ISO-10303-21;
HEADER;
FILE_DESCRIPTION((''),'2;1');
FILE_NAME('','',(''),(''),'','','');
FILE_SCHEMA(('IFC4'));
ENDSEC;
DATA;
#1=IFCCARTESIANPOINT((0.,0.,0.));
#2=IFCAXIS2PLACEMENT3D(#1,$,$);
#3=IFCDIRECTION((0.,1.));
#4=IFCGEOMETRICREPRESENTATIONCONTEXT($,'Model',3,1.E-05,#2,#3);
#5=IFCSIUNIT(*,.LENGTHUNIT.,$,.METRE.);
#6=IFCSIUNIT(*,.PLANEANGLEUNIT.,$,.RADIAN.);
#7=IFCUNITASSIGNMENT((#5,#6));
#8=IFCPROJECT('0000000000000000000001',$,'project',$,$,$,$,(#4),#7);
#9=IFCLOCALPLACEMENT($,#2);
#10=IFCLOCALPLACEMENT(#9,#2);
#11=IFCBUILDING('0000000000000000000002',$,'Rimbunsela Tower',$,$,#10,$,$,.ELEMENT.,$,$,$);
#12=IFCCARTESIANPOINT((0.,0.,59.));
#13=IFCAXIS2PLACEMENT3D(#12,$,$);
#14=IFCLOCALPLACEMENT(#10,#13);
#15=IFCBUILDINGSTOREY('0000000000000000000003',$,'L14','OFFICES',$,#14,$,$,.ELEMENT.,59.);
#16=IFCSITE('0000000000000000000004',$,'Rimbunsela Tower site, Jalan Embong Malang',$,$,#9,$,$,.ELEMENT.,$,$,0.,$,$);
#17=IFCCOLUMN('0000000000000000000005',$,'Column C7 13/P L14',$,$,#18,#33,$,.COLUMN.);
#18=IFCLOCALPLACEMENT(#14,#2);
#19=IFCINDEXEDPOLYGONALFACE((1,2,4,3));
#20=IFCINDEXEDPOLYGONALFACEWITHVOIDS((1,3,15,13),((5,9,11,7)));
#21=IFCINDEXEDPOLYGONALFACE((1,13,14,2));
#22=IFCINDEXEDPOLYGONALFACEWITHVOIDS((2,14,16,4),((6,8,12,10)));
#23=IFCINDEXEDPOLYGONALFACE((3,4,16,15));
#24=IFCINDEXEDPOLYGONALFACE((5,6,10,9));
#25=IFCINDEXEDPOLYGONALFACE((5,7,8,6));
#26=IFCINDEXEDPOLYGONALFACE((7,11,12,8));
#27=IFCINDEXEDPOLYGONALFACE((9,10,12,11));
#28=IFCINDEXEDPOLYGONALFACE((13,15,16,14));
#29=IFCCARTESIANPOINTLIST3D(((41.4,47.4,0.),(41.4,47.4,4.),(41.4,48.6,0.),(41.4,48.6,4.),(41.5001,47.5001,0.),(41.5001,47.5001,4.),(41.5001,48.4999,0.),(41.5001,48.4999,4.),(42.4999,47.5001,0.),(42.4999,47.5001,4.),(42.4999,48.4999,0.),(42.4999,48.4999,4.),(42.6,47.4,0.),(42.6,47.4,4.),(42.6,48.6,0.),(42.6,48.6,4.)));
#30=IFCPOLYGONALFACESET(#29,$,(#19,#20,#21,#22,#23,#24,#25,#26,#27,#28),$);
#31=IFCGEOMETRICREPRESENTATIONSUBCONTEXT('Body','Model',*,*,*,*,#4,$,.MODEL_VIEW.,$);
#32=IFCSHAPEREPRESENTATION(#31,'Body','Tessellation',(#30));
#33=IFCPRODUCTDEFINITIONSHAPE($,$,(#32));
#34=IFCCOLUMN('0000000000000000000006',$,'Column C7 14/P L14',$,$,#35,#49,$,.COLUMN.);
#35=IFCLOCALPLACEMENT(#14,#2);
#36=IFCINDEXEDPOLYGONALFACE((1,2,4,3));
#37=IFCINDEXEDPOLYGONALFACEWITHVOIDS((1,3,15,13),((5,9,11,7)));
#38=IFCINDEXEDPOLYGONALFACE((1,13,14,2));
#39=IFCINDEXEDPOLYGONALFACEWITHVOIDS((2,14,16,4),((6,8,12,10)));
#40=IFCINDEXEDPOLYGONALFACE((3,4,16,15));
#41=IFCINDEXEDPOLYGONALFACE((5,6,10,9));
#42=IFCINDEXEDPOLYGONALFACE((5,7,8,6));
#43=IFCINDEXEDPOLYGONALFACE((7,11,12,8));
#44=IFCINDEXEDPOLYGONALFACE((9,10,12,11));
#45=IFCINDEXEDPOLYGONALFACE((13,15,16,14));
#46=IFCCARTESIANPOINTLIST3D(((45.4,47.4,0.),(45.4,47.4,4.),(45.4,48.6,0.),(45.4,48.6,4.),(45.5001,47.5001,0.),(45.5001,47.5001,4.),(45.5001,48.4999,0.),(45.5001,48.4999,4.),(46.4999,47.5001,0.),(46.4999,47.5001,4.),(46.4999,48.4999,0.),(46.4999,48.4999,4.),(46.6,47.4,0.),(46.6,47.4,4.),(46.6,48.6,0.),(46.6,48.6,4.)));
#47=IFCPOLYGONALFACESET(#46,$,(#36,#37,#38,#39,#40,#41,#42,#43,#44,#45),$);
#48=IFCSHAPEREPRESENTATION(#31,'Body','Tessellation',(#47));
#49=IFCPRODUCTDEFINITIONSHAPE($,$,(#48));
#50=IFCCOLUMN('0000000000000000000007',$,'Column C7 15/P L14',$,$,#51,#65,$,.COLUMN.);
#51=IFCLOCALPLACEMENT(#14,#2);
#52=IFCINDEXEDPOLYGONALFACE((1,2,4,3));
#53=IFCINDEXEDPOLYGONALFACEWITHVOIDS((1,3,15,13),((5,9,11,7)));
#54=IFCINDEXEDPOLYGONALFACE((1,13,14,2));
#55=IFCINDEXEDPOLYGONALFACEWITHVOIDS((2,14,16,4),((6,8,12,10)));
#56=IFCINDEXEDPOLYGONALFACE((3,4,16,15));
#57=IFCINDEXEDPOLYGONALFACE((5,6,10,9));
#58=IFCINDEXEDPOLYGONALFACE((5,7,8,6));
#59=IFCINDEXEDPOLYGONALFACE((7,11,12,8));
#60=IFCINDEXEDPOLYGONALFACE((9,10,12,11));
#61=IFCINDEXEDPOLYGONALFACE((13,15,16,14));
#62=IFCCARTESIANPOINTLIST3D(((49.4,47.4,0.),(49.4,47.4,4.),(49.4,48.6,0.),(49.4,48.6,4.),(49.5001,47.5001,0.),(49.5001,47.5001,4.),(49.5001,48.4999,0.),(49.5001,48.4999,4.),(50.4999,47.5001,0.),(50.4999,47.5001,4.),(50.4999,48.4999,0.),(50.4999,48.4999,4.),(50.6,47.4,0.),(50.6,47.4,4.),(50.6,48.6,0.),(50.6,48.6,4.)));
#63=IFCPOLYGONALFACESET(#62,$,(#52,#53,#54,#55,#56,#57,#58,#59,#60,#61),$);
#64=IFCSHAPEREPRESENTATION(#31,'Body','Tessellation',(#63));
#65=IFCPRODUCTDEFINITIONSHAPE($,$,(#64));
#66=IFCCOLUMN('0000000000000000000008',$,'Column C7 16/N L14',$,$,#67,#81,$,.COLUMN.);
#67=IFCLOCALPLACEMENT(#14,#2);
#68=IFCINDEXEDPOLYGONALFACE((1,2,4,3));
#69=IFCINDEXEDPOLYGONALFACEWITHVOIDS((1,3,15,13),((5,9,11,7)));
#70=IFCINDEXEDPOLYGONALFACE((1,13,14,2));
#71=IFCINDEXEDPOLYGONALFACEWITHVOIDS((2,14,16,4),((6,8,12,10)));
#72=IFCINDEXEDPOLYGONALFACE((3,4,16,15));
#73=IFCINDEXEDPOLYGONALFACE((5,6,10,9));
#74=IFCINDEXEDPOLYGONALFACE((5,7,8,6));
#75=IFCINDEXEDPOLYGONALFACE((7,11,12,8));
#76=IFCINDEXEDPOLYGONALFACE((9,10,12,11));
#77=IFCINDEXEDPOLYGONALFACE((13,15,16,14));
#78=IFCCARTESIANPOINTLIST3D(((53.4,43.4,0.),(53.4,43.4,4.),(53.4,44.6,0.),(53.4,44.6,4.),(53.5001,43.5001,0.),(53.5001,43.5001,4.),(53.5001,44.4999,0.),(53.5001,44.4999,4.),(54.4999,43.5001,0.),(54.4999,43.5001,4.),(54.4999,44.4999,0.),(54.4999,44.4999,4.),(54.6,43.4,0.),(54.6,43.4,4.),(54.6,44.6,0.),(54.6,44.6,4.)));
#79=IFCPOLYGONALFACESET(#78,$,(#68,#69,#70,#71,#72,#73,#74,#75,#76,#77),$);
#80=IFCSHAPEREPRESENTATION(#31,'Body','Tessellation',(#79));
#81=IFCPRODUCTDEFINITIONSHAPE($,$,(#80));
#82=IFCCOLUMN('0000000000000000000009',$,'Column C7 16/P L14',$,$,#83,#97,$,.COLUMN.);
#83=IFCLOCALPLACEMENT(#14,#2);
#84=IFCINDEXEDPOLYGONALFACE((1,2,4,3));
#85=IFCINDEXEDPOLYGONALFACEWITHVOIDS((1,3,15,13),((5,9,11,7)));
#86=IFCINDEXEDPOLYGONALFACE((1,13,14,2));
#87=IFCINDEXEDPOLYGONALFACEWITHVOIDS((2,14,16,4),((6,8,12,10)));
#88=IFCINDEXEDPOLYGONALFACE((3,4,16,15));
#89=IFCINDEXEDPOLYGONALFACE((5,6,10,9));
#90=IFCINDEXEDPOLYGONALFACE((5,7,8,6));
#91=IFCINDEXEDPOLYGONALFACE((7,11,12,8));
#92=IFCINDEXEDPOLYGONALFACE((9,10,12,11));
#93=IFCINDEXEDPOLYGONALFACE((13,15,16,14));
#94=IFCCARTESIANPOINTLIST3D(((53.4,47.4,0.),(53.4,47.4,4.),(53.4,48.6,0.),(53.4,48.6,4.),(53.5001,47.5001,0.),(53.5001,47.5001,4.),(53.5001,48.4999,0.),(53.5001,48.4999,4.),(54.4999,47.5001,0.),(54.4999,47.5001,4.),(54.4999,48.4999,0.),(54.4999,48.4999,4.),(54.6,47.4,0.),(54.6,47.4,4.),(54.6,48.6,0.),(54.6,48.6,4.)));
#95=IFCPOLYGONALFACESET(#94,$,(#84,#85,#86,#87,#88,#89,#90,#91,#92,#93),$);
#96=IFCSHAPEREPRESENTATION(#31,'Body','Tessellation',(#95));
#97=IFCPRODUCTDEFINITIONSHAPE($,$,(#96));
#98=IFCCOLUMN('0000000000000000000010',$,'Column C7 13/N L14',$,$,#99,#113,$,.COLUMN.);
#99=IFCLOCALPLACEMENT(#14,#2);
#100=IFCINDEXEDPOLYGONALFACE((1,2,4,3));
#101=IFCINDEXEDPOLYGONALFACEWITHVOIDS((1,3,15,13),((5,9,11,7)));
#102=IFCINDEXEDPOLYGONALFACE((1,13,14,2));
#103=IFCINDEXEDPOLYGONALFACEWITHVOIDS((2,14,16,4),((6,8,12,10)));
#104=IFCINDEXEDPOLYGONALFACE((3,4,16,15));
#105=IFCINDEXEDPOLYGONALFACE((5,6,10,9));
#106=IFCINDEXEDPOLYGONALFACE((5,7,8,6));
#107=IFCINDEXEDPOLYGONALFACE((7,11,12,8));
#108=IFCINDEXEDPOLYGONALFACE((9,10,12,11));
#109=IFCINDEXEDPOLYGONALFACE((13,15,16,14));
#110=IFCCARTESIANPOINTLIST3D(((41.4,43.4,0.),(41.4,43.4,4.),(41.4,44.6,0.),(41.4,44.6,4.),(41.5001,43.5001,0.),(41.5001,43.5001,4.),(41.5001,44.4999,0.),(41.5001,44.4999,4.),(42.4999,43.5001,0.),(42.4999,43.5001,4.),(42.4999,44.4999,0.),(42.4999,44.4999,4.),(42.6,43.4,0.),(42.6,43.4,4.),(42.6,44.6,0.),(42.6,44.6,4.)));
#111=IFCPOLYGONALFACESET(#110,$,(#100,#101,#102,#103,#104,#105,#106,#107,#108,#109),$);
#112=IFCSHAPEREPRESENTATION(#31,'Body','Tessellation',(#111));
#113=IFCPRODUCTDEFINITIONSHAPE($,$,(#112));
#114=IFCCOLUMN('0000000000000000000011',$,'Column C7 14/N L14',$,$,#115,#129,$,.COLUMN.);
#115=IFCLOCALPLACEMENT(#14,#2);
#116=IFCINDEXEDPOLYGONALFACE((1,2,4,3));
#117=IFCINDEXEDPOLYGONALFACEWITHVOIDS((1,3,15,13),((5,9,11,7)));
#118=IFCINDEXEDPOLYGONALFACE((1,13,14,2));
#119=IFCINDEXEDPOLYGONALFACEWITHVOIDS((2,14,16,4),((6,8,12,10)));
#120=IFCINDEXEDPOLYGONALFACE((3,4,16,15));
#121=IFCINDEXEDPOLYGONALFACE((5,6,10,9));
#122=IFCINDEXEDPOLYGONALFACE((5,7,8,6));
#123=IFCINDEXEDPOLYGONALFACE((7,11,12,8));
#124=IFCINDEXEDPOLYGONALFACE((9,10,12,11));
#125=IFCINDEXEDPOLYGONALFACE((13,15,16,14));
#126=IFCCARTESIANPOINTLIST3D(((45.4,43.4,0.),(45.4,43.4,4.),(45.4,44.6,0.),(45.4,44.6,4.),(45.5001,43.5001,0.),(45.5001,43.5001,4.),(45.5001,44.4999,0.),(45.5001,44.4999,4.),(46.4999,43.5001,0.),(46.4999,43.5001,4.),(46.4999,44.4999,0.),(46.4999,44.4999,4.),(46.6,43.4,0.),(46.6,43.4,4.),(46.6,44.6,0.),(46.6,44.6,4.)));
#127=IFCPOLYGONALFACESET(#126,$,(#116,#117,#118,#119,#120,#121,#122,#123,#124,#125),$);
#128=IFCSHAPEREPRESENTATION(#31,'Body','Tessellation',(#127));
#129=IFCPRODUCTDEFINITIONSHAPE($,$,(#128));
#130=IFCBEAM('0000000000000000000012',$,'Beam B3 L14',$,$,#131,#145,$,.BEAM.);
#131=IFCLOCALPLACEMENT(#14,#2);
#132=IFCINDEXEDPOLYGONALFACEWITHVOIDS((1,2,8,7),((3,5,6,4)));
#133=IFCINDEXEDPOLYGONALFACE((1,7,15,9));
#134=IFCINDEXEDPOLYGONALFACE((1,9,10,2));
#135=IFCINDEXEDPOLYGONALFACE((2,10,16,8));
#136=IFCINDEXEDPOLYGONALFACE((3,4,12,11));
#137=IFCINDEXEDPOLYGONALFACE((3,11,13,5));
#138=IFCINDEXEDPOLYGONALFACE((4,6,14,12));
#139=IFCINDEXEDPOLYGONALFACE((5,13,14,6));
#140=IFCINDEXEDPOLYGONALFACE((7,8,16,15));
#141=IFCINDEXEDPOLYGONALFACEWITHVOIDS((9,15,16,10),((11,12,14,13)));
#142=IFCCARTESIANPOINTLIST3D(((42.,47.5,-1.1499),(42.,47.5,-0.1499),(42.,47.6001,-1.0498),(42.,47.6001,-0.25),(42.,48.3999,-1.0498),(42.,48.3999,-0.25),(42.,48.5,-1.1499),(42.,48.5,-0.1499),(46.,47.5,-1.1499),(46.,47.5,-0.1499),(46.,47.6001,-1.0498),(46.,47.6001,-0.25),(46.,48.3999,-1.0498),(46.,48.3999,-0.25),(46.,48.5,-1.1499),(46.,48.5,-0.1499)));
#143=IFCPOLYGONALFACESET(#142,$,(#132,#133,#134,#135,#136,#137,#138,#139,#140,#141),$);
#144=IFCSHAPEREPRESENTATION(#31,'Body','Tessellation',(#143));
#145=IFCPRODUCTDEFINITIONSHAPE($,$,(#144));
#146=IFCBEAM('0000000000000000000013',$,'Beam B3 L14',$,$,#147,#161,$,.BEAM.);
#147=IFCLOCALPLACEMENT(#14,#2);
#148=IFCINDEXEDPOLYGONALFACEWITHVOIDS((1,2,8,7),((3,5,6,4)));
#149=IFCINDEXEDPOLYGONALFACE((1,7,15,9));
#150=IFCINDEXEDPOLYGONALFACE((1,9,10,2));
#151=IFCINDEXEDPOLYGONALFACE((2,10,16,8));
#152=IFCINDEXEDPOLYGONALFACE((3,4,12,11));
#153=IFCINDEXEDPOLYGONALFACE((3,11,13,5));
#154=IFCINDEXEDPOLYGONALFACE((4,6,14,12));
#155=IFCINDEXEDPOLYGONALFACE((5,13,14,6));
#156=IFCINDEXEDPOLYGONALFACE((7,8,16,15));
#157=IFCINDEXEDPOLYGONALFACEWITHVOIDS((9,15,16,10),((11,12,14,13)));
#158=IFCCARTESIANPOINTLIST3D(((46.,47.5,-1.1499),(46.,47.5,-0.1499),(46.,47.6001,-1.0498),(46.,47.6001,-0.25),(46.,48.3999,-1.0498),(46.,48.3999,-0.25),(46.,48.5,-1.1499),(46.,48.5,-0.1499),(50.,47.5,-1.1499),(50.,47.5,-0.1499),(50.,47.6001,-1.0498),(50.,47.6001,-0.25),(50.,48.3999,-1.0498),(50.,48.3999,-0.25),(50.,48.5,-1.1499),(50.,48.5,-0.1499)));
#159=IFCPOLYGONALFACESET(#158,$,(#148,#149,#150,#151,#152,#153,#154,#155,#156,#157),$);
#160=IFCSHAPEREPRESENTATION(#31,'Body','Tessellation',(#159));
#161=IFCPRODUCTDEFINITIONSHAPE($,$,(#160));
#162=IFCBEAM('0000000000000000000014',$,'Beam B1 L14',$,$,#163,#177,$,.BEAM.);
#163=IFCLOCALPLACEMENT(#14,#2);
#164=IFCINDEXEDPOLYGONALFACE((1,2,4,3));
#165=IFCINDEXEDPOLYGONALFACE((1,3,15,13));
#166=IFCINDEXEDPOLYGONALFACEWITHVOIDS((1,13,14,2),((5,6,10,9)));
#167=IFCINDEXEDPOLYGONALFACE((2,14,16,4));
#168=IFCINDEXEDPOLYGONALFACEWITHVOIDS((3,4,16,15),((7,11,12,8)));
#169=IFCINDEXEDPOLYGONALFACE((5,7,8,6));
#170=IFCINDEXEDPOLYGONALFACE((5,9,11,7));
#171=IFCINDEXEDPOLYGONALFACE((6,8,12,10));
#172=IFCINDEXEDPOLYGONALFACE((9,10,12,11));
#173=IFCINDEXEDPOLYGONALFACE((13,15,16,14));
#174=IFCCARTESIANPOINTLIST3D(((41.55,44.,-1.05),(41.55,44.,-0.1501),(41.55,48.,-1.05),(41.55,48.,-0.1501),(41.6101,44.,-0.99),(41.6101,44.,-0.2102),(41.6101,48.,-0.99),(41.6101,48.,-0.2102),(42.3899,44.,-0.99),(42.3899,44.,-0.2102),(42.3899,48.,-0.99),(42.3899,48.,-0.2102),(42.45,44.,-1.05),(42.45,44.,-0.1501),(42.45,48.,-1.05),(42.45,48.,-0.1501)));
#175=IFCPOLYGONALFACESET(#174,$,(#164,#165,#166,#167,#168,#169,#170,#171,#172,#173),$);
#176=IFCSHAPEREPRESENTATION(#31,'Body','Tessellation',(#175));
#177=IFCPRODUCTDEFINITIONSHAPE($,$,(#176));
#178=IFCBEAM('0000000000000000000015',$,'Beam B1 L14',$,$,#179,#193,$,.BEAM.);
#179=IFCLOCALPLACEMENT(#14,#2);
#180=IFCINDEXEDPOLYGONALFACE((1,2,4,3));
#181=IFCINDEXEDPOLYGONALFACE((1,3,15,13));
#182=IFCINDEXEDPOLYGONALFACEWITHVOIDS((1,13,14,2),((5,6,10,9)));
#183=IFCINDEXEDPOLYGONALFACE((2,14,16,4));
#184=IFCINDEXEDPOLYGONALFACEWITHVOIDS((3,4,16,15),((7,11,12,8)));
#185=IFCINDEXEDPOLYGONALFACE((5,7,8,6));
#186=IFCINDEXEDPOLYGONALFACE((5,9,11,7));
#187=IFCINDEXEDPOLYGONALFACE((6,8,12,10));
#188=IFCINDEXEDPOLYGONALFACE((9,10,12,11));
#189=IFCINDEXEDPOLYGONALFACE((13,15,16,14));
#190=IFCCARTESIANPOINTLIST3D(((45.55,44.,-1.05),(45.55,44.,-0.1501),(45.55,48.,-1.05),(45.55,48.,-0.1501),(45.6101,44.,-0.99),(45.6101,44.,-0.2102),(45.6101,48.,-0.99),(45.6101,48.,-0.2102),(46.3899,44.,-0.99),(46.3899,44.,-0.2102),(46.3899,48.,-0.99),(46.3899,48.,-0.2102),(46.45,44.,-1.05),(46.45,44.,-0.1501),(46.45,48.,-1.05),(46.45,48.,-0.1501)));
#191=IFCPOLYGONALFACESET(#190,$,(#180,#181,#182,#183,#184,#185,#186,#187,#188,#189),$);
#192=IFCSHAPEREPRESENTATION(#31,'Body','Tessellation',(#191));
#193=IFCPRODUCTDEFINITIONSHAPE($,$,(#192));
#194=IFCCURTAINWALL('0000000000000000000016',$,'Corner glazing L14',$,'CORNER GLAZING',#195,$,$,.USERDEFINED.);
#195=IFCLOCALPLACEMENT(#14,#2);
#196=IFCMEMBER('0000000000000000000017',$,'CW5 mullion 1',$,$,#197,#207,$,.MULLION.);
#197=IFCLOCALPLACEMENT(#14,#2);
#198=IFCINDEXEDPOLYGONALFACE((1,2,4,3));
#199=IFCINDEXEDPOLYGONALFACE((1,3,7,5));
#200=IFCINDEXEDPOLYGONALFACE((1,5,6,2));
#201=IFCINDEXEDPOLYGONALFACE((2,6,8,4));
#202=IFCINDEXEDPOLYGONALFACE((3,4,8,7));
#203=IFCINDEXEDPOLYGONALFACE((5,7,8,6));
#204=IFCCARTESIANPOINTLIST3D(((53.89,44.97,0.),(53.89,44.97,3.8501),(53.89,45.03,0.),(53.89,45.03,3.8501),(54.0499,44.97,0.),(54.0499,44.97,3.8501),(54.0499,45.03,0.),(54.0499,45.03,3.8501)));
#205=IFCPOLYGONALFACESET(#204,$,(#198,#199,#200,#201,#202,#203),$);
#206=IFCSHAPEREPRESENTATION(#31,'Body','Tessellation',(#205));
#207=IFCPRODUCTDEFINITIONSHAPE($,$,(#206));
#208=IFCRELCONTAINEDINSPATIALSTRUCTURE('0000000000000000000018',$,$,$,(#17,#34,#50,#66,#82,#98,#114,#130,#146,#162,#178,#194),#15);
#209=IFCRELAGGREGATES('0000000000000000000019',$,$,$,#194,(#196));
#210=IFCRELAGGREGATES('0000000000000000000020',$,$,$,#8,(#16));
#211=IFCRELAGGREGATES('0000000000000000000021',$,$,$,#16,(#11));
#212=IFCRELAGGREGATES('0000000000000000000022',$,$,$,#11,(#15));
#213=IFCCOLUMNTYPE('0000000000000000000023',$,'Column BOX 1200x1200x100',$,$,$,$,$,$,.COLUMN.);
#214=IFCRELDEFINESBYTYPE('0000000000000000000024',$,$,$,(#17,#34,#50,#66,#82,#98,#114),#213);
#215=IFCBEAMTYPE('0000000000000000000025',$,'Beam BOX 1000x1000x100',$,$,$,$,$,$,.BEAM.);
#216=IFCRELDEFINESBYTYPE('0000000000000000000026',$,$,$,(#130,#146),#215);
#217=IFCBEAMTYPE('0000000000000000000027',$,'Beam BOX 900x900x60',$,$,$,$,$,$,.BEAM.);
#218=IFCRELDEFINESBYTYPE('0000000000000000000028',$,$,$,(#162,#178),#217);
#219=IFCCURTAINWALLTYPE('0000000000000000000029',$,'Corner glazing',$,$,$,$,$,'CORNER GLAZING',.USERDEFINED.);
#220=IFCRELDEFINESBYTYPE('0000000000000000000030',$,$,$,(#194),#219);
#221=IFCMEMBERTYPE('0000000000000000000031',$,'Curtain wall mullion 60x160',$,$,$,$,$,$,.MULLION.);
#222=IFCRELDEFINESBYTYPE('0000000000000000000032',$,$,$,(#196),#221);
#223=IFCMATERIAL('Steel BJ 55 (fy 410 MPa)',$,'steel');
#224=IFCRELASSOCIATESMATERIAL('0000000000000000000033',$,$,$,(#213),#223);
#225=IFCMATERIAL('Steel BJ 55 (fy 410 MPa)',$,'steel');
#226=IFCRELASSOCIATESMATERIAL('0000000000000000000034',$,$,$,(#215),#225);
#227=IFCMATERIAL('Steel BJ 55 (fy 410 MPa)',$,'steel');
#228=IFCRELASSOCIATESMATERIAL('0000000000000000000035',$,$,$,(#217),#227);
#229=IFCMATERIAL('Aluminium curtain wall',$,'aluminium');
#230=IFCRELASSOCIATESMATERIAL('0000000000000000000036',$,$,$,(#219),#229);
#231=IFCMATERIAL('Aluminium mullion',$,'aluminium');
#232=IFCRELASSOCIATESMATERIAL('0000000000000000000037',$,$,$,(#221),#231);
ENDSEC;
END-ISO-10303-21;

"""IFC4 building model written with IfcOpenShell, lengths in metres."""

from ifc_helpers import new_model, si_unit, direction, frame, origin, origin_2d, place, context, subcontext, project, spatial, rectangle, hollow_rectangle, extrude, material, material_profile, profile_set, type_object, element, aggregate, save


model = new_model("IFC4")

# Units and contexts
model_context = context("Model", 3, precision=1e-05, world=origin(), true_north=direction((0.0, 1.0)))
body_context = subcontext(model_context, "Body", "Model", "MODEL_VIEW")
ifc_project = project(units=[si_unit("LENGTHUNIT", "METRE"), si_unit("PLANEANGLEUNIT", "RADIAN")], contexts=[model_context])

# Site, building, storey
site_placement = place(None, origin())
site = spatial("IfcSite", under=ifc_project, at=site_placement, Name="Rimbunsela Tower site, Jalan Embong Malang", CompositionType="ELEMENT", RefElevation=0.0)
building_placement = place(site_placement, origin())
building = spatial("IfcBuilding", under=site, at=building_placement, Name="Rimbunsela Tower", CompositionType="ELEMENT")
storey_placement = place(building_placement, frame((0.0, 0.0, 59.0)))
storey = spatial("IfcBuildingStorey", under=building, at=storey_placement, Name="L14", Description="OFFICES", CompositionType="ELEMENT", Elevation=59.0)

# Columns
ifc_material_1 = material(Name="Steel BJ 55 (fy 410 MPa)", Category="steel")
ifc_material_profile_1 = material_profile(ifc_material_1, hollow_rectangle(XDim=1.2, YDim=1.2, WallThickness=0.1001, at=origin_2d()), Name="BOX 1200x1200x100")
ifc_profile_set_1 = profile_set([ifc_material_profile_1], Name="Steel BJ 55 (fy 410 MPa)")
column_type = type_object("IfcColumnType", Name="Column BOX 1200x1200x100", PredefinedType="COLUMN", material=ifc_profile_set_1)
for number, where, z_axis, x_axis, name in (
    (1, (42.0, 48.0, 0.0), (0.0, 0.0, 1.0), (1.0, 0.0, 0.0), "Column C7 13/P L14"),
    (2, (46.0, 48.0, 0.0), (0.0, 0.0, 1.0), (1.0, 0.0, 0.0), "Column C7 14/P L14"),
    (3, (50.0, 48.0, 0.0), (0.0, 0.0, 1.0), (1.0, 0.0, 0.0), "Column C7 15/P L14"),
    (4, (54.0, 44.0, 0.0), (0.0, 0.0, 1.0), (1.0, 0.0, 0.0), "Column C7 16/N L14"),
    (5, (54.0, 48.0, 0.0), (0.0, 0.0, 1.0), (1.0, 0.0, 0.0), "Column C7 16/P L14"),
    (6, (42.0, 44.0, 0.0), (0.0, 0.0, 1.0), (1.0, 0.0, 0.0), "Column C7 13/N L14"),
    (7, (46.0, 44.0, 0.0), (0.0, 0.0, 1.0), (1.0, 0.0, 0.0), "Column C7 14/N L14"),
):
    element("IfcColumn", number, at=place(storey_placement, frame(where, z_axis=z_axis, x_axis=x_axis)), inside=storey, type_object=column_type, Name=name, PredefinedType="COLUMN", context=body_context, shape_type="SweptSolid", body=[
        extrude(hollow_rectangle(XDim=1.2, YDim=1.2, WallThickness=0.1001, at=origin_2d()), origin(), (0.0, 0.0, 1.0), 4.0),
    ])

# Beams
ifc_material_2 = material(Name="Steel BJ 55 (fy 410 MPa)", Category="steel")
ifc_material_profile_2 = material_profile(ifc_material_2, hollow_rectangle(XDim=1.0, YDim=1.0, WallThickness=0.1001, at=origin_2d()), Name="BOX 1000x1000x100")
ifc_profile_set_2 = profile_set([ifc_material_profile_2], Name="Steel BJ 55 (fy 410 MPa)")
beam_type_1 = type_object("IfcBeamType", Name="Beam BOX 1000x1000x100", PredefinedType="BEAM", material=ifc_profile_set_2)
for number, where, z_axis, x_axis, name in (
    (8, (42.0, 48.0, -0.6499), (1.0, 0.0, 0.0), (0.0, 1.0, 0.0), "Beam B3 L14"),
    (9, (46.0, 48.0, -0.6499), (1.0, 0.0, 0.0), (0.0, 1.0, 0.0), "Beam B3 L14"),
):
    element("IfcBeam", number, at=place(storey_placement, frame(where, z_axis=z_axis, x_axis=x_axis)), inside=storey, type_object=beam_type_1, Name=name, PredefinedType="BEAM", context=body_context, shape_type="SweptSolid", body=[
        extrude(hollow_rectangle(XDim=1.0, YDim=1.0, WallThickness=0.1001, at=origin_2d()), origin(), (0.0, 0.0, 1.0), 4.0),
    ])
ifc_material_3 = material(Name="Steel BJ 55 (fy 410 MPa)", Category="steel")
ifc_material_profile_3 = material_profile(ifc_material_3, hollow_rectangle(XDim=0.8999, YDim=0.8999, WallThickness=0.0601, at=origin_2d()), Name="BOX 900x900x60")
ifc_profile_set_3 = profile_set([ifc_material_profile_3], Name="Steel BJ 55 (fy 410 MPa)")
beam_type_2 = type_object("IfcBeamType", Name="Beam BOX 900x900x60", PredefinedType="BEAM", material=ifc_profile_set_3)
for number, where, z_axis, x_axis, name in (
    (10, (42.0, 44.0, -0.6001), (0.0, 1.0, 0.0), (-1.0, 0.0, 0.0), "Beam B1 L14"),
    (11, (46.0, 44.0, -0.6001), (0.0, 1.0, 0.0), (-1.0, 0.0, 0.0), "Beam B1 L14"),
):
    element("IfcBeam", number, at=place(storey_placement, frame(where, z_axis=z_axis, x_axis=x_axis)), inside=storey, type_object=beam_type_2, Name=name, PredefinedType="BEAM", context=body_context, shape_type="SweptSolid", body=[
        extrude(hollow_rectangle(XDim=0.8999, YDim=0.8999, WallThickness=0.0601, at=origin_2d()), origin(), (0.0, 0.0, 1.0), 4.0),
    ])

# Curtain wall, member
ifc_material_4 = material(Name="Aluminium curtain wall", Category="aluminium")
curtain_wall_type = type_object("IfcCurtainWallType", Name="Corner glazing", ElementType="CORNER GLAZING", PredefinedType="USERDEFINED", material=ifc_material_4)
curtain_wall_1_placement = place(storey_placement, origin())
curtain_wall_1 = element("IfcCurtainWall", 12, at=curtain_wall_1_placement, inside=storey, type_object=curtain_wall_type, Name="Corner glazing L14", ObjectType="CORNER GLAZING", PredefinedType="USERDEFINED")
ifc_material_5 = material(Name="Aluminium mullion", Category="aluminium")
ifc_material_profile_4 = material_profile(ifc_material_5, rectangle(XDim=0.0601, YDim=0.1599, at=origin_2d()), Name="Mullion 60x160")
ifc_profile_set_4 = profile_set([ifc_material_profile_4], Name="Aluminium mullion")
member_type_1 = type_object("IfcMemberType", Name="Curtain wall mullion 60x160", PredefinedType="MULLION", material=ifc_profile_set_4)
member_1_placement = place(storey_placement, frame((53.97, 45.0, 0.0), z_axis=(0.0, 0.0, 1.0), x_axis=(0.0, -1.0, 0.0)))
member_1 = element("IfcMember", 13, at=member_1_placement, type_object=member_type_1, Name="CW5 mullion 1", PredefinedType="MULLION", context=body_context, shape_type="SweptSolid", body=[
    extrude(rectangle(XDim=0.0601, YDim=0.1599, at=origin_2d()), origin(), (0.0, 0.0, 1.0), 3.8501),
])

aggregate(curtain_wall_1, [member_1])

save(model, "model.ifc")
